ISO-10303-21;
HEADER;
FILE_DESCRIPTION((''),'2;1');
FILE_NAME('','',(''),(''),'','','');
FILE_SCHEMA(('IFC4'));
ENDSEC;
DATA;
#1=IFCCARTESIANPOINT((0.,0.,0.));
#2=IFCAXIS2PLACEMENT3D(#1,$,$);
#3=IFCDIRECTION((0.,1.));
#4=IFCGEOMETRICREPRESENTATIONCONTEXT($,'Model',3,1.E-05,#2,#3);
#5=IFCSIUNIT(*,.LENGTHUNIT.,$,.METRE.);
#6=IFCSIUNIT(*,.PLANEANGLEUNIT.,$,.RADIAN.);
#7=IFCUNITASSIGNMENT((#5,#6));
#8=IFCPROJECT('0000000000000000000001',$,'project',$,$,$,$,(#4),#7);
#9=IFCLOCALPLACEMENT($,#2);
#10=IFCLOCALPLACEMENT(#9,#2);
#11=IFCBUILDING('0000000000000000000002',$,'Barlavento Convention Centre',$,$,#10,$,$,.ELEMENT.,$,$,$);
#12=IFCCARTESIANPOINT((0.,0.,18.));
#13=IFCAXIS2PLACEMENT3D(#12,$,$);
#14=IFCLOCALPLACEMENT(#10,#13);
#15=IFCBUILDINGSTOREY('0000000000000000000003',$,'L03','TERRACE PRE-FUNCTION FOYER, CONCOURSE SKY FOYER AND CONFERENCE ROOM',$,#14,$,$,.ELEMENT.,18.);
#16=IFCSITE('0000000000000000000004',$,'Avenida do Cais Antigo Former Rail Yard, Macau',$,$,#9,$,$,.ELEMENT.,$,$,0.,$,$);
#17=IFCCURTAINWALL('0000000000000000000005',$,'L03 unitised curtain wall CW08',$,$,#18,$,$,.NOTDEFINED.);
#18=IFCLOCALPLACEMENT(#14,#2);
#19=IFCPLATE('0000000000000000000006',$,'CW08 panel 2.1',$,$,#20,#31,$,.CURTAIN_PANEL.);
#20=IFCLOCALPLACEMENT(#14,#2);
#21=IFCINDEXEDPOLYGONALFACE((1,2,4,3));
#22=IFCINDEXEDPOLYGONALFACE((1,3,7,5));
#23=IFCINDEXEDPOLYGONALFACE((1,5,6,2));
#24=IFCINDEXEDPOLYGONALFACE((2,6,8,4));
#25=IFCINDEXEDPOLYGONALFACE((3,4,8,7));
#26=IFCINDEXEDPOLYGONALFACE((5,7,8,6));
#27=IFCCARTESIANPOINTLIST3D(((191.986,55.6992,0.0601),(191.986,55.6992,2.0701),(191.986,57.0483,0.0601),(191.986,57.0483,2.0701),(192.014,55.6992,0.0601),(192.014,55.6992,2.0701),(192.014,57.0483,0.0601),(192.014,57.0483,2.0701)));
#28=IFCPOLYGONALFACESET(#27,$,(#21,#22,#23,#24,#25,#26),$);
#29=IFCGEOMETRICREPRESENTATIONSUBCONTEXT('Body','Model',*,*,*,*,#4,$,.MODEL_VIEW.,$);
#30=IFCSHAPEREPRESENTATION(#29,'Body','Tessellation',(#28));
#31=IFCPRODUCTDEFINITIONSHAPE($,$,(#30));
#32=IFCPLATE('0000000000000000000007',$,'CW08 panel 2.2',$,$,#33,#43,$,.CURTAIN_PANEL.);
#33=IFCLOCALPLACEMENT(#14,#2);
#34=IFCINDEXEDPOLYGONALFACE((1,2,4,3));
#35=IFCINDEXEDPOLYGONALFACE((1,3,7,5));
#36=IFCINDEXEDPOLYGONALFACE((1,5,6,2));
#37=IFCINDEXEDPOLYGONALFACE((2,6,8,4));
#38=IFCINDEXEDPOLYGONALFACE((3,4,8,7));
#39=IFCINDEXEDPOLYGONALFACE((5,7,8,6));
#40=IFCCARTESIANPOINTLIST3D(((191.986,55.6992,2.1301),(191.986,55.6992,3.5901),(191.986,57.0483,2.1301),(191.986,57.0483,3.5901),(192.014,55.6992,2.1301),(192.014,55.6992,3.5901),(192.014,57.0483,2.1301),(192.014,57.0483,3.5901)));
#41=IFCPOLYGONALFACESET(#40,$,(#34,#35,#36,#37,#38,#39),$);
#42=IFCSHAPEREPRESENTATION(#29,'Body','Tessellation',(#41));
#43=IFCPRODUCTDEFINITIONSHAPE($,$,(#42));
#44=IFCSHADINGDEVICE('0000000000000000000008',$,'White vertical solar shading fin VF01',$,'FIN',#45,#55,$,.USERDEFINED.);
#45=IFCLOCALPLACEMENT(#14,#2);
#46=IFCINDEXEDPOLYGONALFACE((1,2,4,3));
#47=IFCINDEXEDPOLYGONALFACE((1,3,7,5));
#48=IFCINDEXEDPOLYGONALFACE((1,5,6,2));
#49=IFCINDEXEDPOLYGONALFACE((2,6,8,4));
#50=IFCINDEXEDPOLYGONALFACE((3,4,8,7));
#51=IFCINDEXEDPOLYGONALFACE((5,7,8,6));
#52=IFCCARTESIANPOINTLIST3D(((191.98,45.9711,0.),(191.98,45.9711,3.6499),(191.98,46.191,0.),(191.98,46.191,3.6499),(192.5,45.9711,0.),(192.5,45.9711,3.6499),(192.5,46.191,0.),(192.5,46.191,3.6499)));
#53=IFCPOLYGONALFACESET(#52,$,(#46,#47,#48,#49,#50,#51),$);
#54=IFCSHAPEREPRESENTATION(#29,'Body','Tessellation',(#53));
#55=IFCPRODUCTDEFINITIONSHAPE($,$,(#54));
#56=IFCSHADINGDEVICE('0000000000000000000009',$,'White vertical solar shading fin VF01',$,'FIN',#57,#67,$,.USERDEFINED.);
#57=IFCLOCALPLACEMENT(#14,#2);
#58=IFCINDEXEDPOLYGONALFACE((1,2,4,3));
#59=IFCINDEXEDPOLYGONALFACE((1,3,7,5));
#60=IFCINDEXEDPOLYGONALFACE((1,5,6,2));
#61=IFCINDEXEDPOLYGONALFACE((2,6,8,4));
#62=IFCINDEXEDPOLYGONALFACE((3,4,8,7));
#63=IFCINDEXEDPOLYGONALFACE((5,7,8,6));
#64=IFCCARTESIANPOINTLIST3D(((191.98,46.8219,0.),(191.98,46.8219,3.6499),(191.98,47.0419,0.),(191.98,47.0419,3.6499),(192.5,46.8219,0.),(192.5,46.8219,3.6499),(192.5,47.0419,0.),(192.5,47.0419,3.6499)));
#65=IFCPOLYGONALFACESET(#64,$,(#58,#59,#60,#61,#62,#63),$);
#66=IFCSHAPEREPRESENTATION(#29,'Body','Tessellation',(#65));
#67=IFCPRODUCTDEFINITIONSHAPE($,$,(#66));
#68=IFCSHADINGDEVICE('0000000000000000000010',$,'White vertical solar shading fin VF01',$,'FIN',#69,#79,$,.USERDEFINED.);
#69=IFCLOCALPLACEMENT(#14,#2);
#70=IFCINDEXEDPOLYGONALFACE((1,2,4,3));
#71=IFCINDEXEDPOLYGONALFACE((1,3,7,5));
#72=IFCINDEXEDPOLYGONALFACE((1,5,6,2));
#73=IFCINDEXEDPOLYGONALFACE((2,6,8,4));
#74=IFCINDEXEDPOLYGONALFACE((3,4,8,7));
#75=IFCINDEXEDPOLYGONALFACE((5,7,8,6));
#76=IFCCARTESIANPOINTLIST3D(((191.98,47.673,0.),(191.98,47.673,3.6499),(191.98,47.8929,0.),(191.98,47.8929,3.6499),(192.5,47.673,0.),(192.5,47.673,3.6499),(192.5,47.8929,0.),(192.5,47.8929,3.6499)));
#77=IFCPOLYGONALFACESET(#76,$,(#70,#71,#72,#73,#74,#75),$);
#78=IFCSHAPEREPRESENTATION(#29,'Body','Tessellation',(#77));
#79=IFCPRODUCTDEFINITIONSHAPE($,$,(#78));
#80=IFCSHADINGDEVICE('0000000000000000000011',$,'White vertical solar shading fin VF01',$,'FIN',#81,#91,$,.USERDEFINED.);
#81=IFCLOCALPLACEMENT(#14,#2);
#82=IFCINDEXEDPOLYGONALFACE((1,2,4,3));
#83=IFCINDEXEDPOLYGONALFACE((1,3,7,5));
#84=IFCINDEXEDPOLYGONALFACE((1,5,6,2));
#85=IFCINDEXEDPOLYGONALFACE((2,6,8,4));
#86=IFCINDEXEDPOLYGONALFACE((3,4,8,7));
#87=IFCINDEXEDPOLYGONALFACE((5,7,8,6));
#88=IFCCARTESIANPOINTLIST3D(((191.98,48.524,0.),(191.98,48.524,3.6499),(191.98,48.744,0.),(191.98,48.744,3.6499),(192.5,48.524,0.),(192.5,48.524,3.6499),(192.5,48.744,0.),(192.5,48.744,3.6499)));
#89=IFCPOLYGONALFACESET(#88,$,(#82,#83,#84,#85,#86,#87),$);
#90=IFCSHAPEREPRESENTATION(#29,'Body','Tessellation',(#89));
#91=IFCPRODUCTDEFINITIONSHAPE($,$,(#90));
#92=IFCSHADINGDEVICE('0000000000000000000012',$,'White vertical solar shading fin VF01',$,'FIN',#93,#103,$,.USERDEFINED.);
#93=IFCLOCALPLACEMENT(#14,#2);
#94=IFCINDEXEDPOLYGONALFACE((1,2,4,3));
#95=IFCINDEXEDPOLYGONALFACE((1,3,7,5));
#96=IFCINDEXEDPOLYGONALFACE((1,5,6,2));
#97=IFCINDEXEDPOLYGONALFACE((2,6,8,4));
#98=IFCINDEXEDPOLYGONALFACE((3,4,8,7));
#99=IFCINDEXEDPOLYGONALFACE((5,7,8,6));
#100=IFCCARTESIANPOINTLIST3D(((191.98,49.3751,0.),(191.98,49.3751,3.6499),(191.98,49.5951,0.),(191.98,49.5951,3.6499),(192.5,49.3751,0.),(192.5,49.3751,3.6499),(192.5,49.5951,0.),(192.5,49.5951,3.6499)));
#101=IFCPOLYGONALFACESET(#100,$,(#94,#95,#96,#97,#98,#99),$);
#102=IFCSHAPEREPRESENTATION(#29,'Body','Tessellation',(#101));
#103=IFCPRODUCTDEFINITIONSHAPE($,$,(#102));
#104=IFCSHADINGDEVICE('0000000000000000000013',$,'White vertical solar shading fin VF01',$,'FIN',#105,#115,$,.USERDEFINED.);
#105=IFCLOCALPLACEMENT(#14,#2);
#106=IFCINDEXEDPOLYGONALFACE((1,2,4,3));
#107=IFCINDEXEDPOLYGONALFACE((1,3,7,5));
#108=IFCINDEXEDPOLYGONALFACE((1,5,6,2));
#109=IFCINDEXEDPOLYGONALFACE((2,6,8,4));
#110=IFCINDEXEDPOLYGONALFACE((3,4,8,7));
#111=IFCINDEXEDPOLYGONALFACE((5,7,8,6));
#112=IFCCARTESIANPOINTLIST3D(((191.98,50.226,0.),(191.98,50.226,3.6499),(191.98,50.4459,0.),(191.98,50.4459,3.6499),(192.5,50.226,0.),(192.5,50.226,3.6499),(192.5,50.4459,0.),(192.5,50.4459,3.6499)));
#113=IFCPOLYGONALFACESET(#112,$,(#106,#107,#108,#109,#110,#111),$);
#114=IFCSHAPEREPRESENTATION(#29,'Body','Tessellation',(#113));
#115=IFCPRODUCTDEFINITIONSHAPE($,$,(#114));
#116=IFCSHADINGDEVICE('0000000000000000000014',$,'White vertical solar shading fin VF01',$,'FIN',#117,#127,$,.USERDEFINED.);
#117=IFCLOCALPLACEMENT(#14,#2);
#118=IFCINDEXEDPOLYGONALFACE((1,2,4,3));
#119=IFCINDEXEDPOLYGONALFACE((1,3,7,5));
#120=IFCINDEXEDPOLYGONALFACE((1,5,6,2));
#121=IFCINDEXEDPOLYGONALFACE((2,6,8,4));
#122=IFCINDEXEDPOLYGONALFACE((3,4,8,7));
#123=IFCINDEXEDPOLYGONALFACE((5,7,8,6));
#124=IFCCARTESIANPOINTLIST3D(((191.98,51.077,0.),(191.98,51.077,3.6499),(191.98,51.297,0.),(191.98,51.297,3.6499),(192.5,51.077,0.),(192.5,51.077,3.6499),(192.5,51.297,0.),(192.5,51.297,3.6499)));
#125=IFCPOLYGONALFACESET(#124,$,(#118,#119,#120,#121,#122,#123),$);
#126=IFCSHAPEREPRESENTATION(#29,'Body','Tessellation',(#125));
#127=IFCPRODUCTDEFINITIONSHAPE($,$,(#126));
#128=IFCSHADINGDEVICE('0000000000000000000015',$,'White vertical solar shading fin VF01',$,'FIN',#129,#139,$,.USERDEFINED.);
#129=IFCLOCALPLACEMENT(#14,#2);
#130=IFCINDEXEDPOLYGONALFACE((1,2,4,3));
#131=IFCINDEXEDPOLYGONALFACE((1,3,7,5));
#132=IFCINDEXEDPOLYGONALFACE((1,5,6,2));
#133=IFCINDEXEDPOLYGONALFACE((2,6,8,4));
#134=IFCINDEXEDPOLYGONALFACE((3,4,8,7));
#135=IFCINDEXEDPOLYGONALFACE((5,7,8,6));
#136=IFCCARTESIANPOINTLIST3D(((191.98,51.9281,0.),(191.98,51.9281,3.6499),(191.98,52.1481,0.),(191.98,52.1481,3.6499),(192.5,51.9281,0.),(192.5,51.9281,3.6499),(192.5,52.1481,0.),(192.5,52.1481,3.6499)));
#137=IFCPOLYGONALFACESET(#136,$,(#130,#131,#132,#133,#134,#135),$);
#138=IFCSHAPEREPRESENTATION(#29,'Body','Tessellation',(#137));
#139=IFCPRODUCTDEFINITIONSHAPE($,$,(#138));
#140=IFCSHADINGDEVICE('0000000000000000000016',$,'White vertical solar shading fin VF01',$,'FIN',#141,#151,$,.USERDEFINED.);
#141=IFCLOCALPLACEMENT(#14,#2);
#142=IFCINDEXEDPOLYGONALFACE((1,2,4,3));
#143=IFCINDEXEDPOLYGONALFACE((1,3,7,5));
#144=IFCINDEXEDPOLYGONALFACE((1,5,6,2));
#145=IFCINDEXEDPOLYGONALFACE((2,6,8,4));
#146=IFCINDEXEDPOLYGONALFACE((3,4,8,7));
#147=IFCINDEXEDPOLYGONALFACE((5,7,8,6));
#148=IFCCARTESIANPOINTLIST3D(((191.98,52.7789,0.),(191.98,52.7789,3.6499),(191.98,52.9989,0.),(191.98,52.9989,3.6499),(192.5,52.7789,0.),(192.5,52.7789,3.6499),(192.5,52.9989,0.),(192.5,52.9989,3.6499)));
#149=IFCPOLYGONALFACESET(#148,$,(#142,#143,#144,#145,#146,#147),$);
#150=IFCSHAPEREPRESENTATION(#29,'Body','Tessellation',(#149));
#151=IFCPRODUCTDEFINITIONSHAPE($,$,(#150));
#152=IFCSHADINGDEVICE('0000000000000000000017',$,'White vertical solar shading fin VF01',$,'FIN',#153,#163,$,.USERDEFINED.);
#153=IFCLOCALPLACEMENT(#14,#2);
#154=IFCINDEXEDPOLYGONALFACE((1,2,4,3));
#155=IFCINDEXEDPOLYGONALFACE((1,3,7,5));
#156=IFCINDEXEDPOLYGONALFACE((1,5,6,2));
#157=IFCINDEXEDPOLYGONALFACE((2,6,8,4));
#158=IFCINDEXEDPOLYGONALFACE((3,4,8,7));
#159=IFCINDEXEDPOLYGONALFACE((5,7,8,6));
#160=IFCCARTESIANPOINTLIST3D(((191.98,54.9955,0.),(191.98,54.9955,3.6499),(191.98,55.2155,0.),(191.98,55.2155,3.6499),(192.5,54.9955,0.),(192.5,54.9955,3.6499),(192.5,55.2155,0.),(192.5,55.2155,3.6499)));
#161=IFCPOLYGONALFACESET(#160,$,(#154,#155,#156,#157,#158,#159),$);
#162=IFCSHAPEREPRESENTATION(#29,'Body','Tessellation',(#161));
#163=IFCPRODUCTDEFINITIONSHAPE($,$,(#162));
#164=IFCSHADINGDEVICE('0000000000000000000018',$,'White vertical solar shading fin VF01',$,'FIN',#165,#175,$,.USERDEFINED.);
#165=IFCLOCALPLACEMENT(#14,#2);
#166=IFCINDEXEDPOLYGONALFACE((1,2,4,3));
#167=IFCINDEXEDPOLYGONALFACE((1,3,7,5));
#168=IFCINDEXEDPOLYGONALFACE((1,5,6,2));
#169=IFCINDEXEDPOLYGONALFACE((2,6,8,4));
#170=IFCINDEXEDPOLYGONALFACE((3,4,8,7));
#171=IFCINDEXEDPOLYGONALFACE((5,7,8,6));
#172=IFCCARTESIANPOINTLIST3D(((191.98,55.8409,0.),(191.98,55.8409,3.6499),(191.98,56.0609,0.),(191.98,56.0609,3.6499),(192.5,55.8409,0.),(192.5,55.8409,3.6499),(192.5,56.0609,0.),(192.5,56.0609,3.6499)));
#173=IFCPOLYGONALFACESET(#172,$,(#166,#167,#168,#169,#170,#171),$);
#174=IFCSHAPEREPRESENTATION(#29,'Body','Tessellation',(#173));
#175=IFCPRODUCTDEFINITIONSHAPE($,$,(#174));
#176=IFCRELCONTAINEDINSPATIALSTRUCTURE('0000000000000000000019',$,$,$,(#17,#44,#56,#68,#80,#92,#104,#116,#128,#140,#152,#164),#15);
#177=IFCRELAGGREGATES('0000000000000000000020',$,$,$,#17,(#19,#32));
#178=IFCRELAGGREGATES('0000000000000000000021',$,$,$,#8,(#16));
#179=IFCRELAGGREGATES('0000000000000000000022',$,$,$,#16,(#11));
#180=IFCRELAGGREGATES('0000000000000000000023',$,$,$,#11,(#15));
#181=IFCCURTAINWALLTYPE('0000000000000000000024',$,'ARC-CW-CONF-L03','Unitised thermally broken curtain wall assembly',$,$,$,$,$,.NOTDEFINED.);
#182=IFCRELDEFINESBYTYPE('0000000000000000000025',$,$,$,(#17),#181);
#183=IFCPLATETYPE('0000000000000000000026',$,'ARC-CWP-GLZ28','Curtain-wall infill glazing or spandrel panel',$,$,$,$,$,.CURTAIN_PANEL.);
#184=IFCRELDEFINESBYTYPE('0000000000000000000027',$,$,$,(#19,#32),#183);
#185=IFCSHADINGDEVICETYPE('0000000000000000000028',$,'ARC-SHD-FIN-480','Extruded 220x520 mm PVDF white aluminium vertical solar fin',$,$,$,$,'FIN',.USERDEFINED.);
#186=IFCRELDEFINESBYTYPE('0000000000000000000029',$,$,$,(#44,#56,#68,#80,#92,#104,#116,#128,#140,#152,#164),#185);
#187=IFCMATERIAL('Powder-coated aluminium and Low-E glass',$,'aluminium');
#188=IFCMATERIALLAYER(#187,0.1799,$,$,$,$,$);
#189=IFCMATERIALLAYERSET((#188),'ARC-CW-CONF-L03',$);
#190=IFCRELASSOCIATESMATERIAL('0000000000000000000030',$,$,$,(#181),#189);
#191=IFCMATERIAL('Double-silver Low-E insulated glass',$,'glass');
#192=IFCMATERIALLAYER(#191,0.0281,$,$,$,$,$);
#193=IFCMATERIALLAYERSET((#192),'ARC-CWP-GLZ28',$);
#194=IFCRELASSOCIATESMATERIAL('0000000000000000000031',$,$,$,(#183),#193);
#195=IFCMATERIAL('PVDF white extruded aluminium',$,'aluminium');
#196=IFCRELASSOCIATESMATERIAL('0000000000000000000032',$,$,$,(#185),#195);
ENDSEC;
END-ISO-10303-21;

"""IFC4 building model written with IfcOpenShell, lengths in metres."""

from ifc_helpers import new_model, si_unit, direction, frame, origin, origin_2d, place, context, subcontext, project, spatial, rectangle, extrude, material, layer, layer_set, type_object, element, aggregate, save


model = new_model("IFC4")

# Units and contexts
model_context = context("Model", 3, precision=1e-05, world=origin(), true_north=direction((0.0, 1.0)))
body_context = subcontext(model_context, "Body", "Model", "MODEL_VIEW")
ifc_project = project(units=[si_unit("LENGTHUNIT", "METRE"), si_unit("PLANEANGLEUNIT", "RADIAN")], contexts=[model_context])

# Site, building, storey
site_placement = place(None, origin())
site = spatial("IfcSite", under=ifc_project, at=site_placement, Name="Avenida do Cais Antigo Former Rail Yard, Macau", CompositionType="ELEMENT", RefElevation=0.0)
building_placement = place(site_placement, origin())
building = spatial("IfcBuilding", under=site, at=building_placement, Name="Barlavento Convention Centre", CompositionType="ELEMENT")
storey_placement = place(building_placement, frame((0.0, 0.0, 18.0)))
storey = spatial("IfcBuildingStorey", under=building, at=storey_placement, Name="L03", Description="TERRACE PRE-FUNCTION FOYER, CONCOURSE SKY FOYER AND CONFERENCE ROOM", CompositionType="ELEMENT", Elevation=18.0)

# Curtain wall
ifc_material_1 = material(Name="Powder-coated aluminium and Low-E glass", Category="aluminium")
ifc_layer_1 = layer(ifc_material_1, 0.1799)
ifc_layer_set_1 = layer_set([ifc_layer_1], Name="ARC-CW-CONF-L03")
curtain_wall_type = type_object("IfcCurtainWallType", Name="ARC-CW-CONF-L03", Description="Unitised thermally broken curtain wall assembly", PredefinedType="NOTDEFINED", material=ifc_layer_set_1)
curtain_wall_1_placement = place(storey_placement, origin())
curtain_wall_1 = element("IfcCurtainWall", 1, at=curtain_wall_1_placement, inside=storey, type_object=curtain_wall_type, Name="L03 unitised curtain wall CW08", PredefinedType="NOTDEFINED")

# Plates
ifc_material_2 = material(Name="Double-silver Low-E insulated glass", Category="glass")
ifc_layer_2 = layer(ifc_material_2, 0.0281)
ifc_layer_set_2 = layer_set([ifc_layer_2], Name="ARC-CWP-GLZ28")
plate_type = type_object("IfcPlateType", Name="ARC-CWP-GLZ28", Description="Curtain-wall infill glazing or spandrel panel", PredefinedType="CURTAIN_PANEL", material=ifc_layer_set_2)
plate_1_placement = place(storey_placement, frame((192.0, 56.3738, 0.0601), z_axis=(0.0, 0.0, 1.0), x_axis=(0.0, 1.0, 0.0)))
plate_1 = element("IfcPlate", 2, at=plate_1_placement, type_object=plate_type, Name="CW08 panel 2.1", PredefinedType="CURTAIN_PANEL", context=body_context, shape_type="SweptSolid", body=[
    extrude(rectangle(XDim=1.3491, YDim=0.0281, at=origin_2d()), origin(), (0.0, 0.0, 1.0), 2.01),
])
plate_2_placement = place(storey_placement, frame((192.0, 56.3738, 2.1301), z_axis=(0.0, 0.0, 1.0), x_axis=(0.0, 1.0, 0.0)))
plate_2 = element("IfcPlate", 3, at=plate_2_placement, type_object=plate_type, Name="CW08 panel 2.2", PredefinedType="CURTAIN_PANEL", context=body_context, shape_type="SweptSolid", body=[
    extrude(rectangle(XDim=1.3491, YDim=0.0281, at=origin_2d()), origin(), (0.0, 0.0, 1.0), 1.46),
])
aggregate(curtain_wall_1, [plate_1, plate_2])

# Shading devices
ifc_material_3 = material(Name="PVDF white extruded aluminium", Category="aluminium")
shading_device_type = type_object("IfcShadingDeviceType", Name="ARC-SHD-FIN-480", Description="Extruded 220x520 mm PVDF white aluminium vertical solar fin", ElementType="FIN", PredefinedType="USERDEFINED", material=ifc_material_3)
for number, where, z_axis, x_axis, name in (
    (4, (192.24, 46.0811, 0.0), (0.0, 0.0, 1.0), (0.0, 1.0, 0.0), "White vertical solar shading fin VF01"),
    (5, (192.24, 46.9319, 0.0), (0.0, 0.0, 1.0), (0.0, 1.0, 0.0), "White vertical solar shading fin VF01"),
    (6, (192.24, 47.783, 0.0), (0.0, 0.0, 1.0), (0.0, 1.0, 0.0), "White vertical solar shading fin VF01"),
    (7, (192.24, 48.634, 0.0), (0.0, 0.0, 1.0), (0.0, 1.0, 0.0), "White vertical solar shading fin VF01"),
    (8, (192.24, 49.4851, 0.0), (0.0, 0.0, 1.0), (0.0, 1.0, 0.0), "White vertical solar shading fin VF01"),
    (9, (192.24, 50.3359, 0.0), (0.0, 0.0, 1.0), (0.0, 1.0, 0.0), "White vertical solar shading fin VF01"),
    (10, (192.24, 51.187, 0.0), (0.0, 0.0, 1.0), (0.0, 1.0, 0.0), "White vertical solar shading fin VF01"),
    (11, (192.24, 52.0381, 0.0), (0.0, 0.0, 1.0), (0.0, 1.0, 0.0), "White vertical solar shading fin VF01"),
    (12, (192.24, 52.8889, 0.0), (0.0, 0.0, 1.0), (0.0, 1.0, 0.0), "White vertical solar shading fin VF01"),
    (13, (192.24, 55.1055, 0.0), (0.0, 0.0, 1.0), (0.0, 1.0, 0.0), "White vertical solar shading fin VF01"),
    (14, (192.24, 55.9509, 0.0), (0.0, 0.0, 1.0), (0.0, 1.0, 0.0), "White vertical solar shading fin VF01"),
):
    element("IfcShadingDevice", number, at=place(storey_placement, frame(where, z_axis=z_axis, x_axis=x_axis)), inside=storey, type_object=shading_device_type, Name=name, ObjectType="FIN", PredefinedType="USERDEFINED", context=body_context, shape_type="SweptSolid", body=[
        extrude(rectangle(XDim=0.22, YDim=0.52, at=origin_2d()), origin(), (0.0, 0.0, 1.0), 3.6499),
    ])

save(model, "model.ifc")
